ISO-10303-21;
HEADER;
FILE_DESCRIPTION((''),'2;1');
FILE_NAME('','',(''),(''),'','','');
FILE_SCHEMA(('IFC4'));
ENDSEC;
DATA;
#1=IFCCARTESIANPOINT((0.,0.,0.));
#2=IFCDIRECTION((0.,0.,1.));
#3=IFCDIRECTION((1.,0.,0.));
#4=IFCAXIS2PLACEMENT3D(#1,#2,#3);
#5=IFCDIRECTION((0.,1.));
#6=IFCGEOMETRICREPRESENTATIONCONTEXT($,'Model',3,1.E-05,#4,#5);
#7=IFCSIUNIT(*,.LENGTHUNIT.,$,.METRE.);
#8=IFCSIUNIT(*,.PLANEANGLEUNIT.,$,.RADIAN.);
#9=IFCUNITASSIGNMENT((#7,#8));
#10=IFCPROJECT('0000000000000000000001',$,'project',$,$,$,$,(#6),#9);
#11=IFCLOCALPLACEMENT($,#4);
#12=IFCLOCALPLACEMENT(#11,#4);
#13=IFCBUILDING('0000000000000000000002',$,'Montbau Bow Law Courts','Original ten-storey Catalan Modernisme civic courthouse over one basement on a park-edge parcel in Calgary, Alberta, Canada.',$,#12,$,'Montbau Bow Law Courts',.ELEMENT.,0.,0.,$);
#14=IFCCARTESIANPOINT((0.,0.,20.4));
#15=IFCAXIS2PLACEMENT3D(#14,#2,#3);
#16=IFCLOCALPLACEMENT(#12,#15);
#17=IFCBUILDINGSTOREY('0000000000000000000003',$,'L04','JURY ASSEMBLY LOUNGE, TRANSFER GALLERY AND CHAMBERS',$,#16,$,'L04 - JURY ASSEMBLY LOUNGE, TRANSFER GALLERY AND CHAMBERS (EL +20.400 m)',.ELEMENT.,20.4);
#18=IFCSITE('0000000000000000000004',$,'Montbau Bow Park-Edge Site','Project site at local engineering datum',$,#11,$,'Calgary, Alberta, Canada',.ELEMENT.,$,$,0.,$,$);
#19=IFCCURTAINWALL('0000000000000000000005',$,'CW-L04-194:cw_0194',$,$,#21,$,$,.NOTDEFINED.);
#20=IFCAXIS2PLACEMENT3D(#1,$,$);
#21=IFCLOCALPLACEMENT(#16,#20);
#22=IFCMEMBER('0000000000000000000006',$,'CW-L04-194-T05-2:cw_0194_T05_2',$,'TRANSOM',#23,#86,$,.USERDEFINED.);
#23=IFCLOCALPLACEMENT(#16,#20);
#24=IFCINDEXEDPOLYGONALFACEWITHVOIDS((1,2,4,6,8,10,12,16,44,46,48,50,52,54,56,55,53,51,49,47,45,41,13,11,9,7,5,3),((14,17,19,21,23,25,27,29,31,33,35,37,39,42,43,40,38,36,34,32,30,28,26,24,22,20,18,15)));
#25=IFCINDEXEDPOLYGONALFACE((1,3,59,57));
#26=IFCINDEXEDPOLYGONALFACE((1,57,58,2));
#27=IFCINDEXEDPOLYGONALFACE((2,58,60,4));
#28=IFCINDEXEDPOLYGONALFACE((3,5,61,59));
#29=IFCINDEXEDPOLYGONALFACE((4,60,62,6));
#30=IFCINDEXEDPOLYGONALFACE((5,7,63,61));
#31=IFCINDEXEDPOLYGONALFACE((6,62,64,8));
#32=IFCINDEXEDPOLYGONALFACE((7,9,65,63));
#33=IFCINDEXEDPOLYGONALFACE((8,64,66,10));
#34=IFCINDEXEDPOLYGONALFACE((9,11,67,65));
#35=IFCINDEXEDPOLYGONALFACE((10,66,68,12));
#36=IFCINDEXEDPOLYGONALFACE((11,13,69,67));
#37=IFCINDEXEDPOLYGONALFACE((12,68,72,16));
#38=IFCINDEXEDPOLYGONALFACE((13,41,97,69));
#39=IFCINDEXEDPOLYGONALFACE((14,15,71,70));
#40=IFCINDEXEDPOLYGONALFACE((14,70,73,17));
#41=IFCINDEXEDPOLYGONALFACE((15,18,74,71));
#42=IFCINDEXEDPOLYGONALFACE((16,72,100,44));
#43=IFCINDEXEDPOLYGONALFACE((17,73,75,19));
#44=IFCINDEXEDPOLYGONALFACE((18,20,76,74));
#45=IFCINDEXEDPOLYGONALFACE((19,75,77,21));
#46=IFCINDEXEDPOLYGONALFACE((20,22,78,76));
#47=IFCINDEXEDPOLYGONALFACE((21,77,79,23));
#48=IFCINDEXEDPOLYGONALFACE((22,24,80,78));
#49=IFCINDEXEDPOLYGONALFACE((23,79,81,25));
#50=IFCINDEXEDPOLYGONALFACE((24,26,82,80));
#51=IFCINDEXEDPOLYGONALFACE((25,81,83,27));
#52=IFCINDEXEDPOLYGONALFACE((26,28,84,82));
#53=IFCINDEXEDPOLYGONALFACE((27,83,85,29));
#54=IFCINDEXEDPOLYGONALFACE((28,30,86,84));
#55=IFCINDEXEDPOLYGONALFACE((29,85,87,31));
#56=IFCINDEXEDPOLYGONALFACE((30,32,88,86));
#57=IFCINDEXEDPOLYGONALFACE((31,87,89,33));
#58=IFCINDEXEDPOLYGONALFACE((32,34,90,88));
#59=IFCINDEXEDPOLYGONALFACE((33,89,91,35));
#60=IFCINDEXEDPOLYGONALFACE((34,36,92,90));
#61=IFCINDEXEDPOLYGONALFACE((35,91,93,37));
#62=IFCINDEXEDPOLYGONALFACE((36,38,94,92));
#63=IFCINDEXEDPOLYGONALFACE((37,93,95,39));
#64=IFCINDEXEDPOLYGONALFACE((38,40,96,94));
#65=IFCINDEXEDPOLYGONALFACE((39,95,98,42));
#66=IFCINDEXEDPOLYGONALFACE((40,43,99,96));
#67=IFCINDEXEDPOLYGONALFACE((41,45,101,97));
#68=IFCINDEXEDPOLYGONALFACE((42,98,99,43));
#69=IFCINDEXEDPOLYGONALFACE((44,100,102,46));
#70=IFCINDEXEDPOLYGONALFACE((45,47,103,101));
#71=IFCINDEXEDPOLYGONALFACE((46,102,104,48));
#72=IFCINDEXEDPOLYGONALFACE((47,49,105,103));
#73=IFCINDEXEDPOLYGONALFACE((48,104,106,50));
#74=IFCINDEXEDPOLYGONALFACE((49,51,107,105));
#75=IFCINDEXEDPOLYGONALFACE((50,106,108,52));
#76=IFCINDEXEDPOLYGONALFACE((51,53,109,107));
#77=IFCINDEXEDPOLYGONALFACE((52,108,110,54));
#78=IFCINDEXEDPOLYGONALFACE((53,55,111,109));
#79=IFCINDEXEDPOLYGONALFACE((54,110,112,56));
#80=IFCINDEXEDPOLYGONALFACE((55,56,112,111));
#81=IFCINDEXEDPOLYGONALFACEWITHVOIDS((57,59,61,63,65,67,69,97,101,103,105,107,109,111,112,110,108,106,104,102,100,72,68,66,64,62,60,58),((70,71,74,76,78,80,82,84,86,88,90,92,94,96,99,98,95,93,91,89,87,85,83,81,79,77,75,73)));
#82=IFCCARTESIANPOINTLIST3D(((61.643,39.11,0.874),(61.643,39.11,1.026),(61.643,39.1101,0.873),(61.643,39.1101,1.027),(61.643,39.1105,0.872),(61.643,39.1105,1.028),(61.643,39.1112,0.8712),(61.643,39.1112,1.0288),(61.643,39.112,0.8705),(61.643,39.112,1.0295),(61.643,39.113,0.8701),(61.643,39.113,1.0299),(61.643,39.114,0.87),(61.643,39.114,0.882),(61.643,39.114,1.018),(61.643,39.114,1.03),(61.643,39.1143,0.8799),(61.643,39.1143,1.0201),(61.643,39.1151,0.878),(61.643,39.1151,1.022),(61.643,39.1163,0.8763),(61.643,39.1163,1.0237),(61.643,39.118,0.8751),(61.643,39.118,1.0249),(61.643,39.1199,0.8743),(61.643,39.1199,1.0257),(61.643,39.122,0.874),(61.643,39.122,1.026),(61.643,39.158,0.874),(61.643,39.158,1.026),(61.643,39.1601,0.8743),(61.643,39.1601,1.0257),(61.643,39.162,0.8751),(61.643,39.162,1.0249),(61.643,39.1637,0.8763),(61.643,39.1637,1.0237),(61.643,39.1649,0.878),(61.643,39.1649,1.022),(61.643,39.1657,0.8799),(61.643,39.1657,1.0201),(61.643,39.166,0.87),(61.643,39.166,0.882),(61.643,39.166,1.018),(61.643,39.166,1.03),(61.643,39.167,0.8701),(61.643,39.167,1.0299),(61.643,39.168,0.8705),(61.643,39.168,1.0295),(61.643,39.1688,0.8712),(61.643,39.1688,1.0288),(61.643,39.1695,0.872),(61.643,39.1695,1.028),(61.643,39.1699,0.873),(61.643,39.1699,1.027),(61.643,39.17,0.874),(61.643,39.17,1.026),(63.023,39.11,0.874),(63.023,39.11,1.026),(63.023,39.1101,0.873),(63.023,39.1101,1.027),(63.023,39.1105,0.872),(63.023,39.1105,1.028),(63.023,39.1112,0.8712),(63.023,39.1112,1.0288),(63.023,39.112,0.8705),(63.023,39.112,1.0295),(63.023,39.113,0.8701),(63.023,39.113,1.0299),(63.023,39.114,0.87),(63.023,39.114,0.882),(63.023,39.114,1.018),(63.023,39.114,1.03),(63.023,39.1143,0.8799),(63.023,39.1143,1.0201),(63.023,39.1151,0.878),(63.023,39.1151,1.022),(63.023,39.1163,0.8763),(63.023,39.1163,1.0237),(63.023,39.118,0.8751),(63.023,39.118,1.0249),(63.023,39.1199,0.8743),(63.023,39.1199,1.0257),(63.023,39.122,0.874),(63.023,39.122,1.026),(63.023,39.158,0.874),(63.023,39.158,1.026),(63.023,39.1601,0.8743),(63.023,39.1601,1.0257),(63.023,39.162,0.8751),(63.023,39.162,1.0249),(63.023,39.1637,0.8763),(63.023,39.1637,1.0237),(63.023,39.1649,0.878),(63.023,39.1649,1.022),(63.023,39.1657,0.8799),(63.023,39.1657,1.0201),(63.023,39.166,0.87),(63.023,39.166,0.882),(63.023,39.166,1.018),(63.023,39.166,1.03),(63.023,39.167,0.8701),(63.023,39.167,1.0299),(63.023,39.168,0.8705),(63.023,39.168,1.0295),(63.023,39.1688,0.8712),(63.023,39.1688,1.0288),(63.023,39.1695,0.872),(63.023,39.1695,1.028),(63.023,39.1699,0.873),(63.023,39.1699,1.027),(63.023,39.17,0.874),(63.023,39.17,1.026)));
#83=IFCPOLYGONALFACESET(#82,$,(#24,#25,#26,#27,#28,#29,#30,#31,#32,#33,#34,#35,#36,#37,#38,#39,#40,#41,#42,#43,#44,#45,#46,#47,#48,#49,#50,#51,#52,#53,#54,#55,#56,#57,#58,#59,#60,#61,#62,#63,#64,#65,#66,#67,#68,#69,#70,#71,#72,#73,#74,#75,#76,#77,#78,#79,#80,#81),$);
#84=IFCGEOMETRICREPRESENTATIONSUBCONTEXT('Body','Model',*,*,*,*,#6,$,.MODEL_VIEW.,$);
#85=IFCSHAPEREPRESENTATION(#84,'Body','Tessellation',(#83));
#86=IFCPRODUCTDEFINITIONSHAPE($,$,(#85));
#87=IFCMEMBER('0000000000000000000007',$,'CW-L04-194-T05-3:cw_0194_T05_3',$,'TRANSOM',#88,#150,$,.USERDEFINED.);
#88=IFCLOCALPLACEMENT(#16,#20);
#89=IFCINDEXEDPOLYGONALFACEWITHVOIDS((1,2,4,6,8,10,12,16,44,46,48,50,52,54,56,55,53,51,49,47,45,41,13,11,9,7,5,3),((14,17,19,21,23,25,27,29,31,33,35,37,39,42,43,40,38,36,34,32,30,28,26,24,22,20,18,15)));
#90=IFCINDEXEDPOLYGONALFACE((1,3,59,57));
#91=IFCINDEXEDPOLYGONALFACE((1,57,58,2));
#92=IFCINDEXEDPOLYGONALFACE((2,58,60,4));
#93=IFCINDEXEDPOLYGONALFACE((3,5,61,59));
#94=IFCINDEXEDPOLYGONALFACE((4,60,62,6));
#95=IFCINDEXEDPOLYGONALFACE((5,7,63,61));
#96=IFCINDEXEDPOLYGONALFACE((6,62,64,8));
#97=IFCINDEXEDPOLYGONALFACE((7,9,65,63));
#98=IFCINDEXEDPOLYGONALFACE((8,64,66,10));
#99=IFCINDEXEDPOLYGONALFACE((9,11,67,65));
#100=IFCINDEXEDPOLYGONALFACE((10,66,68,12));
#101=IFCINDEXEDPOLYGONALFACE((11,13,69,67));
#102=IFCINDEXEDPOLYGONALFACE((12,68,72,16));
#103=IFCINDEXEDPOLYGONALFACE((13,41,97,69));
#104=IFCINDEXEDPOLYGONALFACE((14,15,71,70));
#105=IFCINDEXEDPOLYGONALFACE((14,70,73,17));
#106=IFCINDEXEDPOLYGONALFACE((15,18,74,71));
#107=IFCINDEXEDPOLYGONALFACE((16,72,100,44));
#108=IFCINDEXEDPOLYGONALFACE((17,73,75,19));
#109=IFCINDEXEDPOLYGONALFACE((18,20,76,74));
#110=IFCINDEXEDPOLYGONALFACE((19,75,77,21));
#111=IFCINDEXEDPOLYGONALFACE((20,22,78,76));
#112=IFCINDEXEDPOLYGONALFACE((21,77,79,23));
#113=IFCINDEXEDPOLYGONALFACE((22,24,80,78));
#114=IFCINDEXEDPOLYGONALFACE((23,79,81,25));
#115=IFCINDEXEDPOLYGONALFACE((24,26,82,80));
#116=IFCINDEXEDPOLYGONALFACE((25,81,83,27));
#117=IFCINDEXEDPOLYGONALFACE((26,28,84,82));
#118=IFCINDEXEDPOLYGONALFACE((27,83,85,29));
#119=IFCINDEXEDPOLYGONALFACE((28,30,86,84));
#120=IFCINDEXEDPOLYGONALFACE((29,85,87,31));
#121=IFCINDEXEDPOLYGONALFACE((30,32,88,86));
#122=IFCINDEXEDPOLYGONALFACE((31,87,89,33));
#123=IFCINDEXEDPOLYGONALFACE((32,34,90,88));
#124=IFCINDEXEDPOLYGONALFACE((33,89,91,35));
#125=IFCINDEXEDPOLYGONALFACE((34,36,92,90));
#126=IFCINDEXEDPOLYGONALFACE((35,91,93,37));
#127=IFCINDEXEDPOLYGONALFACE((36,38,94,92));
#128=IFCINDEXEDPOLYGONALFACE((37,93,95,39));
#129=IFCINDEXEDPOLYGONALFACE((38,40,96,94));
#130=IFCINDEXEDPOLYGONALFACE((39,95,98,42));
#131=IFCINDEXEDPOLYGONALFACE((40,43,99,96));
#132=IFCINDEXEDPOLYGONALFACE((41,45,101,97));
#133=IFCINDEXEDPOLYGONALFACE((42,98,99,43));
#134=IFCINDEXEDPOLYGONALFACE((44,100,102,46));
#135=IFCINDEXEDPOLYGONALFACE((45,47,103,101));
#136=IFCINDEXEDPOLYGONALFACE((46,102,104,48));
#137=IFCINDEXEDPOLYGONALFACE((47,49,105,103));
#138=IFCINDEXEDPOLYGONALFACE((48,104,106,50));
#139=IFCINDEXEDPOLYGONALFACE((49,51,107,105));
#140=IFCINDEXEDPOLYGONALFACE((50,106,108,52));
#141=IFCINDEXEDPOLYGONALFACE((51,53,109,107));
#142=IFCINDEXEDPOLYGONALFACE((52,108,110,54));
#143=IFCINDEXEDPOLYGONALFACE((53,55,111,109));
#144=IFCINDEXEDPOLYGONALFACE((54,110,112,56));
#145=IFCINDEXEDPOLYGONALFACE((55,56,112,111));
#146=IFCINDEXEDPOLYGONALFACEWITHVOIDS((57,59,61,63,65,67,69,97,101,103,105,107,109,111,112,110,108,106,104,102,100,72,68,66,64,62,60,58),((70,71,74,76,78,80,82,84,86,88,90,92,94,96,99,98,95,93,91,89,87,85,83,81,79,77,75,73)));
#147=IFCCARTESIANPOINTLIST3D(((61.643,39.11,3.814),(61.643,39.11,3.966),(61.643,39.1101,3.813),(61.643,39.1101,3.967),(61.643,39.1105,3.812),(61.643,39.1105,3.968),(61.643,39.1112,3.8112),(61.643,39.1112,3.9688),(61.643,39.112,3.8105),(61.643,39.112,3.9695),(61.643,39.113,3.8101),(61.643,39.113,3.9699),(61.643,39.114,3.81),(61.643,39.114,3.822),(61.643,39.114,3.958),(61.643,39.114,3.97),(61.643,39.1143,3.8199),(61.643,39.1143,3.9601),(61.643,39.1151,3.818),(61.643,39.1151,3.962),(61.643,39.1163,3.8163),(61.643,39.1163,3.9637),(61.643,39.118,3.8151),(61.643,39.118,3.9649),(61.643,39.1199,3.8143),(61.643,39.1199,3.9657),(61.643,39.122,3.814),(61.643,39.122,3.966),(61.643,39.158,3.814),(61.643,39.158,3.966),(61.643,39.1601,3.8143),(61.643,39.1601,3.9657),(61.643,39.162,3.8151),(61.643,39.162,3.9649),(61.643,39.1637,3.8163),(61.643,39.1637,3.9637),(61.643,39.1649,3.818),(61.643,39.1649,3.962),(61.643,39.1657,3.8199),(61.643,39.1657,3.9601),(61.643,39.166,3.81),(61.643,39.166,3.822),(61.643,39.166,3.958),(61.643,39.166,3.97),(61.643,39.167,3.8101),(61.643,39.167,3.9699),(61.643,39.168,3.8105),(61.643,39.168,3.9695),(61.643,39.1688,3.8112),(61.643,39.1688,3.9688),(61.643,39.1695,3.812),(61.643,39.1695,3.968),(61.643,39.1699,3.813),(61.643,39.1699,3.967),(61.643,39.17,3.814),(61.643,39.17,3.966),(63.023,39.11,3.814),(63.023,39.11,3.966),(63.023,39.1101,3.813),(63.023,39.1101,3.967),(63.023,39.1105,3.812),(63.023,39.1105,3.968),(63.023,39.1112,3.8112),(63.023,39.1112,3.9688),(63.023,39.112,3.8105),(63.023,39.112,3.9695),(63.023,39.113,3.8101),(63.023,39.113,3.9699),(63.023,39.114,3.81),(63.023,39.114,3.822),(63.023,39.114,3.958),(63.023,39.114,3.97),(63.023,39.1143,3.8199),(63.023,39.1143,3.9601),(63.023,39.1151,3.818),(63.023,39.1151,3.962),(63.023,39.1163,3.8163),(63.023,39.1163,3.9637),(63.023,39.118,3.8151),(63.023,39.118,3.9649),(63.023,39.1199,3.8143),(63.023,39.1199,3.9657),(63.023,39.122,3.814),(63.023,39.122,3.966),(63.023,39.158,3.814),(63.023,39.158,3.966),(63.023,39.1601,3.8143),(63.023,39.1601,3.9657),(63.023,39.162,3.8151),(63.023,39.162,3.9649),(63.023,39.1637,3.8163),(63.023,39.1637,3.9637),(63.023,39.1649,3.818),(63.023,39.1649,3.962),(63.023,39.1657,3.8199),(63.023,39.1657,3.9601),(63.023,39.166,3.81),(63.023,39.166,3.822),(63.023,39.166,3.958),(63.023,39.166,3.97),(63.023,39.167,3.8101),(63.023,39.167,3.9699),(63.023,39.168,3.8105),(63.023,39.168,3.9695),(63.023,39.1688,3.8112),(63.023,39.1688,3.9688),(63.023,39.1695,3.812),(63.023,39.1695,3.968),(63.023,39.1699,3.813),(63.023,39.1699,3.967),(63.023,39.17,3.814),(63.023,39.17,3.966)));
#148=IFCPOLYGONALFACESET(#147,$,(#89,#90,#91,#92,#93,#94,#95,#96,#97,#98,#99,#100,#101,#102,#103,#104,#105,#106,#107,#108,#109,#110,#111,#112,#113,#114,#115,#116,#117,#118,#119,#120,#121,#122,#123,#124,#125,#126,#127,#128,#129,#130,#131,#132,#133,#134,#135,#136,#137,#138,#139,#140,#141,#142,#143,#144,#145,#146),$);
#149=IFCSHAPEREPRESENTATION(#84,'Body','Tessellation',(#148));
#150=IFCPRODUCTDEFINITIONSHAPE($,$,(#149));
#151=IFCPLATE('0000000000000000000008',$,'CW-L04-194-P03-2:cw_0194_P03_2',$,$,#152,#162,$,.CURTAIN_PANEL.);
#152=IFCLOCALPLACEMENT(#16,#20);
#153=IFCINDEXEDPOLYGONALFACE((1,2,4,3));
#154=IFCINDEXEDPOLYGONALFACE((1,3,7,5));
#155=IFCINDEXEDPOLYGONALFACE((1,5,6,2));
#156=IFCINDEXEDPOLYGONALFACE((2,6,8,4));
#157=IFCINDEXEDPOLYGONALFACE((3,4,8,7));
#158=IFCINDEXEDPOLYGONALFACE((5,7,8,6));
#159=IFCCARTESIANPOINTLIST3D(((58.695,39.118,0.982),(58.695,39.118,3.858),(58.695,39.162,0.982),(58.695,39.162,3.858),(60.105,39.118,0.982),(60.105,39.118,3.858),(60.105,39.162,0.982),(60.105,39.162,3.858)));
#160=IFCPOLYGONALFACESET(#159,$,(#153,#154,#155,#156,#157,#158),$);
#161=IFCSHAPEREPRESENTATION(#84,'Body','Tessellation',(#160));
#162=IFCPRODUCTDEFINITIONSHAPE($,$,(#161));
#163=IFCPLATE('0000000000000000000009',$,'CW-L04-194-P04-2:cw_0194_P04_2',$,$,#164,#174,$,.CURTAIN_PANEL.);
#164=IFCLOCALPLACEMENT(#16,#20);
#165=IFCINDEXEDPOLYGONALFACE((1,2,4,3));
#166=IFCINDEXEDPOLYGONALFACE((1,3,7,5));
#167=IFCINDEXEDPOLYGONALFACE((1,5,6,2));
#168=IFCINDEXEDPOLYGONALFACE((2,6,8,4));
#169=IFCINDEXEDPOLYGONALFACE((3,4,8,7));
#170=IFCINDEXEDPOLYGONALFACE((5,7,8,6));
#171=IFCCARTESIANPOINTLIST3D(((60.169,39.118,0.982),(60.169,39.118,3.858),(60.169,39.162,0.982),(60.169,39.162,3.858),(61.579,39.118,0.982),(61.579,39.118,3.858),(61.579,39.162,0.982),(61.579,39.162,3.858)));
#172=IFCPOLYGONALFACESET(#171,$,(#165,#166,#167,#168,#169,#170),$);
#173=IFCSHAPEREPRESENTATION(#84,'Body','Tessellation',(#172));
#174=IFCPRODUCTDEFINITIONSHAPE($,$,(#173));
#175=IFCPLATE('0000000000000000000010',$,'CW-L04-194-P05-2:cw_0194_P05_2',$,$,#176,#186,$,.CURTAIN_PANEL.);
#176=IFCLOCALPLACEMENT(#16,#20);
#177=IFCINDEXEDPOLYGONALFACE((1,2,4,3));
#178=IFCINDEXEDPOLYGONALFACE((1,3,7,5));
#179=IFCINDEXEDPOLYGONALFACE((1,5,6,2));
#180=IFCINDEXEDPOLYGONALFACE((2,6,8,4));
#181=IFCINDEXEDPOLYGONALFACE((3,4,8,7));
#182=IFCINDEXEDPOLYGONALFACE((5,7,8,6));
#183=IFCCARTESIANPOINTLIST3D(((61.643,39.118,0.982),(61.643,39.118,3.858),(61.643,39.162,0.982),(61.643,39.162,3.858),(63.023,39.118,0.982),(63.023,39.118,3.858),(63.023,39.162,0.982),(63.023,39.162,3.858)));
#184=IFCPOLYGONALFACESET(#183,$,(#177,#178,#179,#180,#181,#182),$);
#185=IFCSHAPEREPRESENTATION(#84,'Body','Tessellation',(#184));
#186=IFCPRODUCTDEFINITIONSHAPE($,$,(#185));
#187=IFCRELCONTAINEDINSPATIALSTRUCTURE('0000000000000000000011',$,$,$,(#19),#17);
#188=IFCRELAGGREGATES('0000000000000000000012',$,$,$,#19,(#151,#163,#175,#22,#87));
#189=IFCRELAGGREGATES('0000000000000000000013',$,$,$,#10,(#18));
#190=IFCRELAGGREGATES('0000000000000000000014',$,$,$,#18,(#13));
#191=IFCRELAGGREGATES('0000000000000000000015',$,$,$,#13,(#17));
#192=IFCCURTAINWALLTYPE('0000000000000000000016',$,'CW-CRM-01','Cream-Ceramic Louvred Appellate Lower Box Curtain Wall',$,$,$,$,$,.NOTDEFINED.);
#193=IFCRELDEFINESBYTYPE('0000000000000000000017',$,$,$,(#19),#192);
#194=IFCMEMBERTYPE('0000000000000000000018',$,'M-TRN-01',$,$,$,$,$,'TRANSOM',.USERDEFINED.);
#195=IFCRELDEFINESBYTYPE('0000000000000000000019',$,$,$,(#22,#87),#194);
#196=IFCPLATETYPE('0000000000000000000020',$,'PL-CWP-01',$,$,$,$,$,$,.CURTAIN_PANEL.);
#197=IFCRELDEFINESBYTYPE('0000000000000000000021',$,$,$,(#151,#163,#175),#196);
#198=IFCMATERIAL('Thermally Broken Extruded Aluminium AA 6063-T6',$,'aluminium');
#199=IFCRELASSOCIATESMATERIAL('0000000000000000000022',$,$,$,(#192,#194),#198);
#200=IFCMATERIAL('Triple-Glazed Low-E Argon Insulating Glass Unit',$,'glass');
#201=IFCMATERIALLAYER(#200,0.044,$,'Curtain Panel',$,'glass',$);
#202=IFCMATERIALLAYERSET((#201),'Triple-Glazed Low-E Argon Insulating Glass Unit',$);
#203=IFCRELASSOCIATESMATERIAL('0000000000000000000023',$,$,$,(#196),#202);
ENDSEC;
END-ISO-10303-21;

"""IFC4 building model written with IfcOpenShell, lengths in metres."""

from ifc_helpers import new_model, si_unit, direction, frame, frame_2d, origin_with_axes, origin_2d_with_axis, place, context, subcontext, project, spatial, rectangle, hollow_rectangle, extrude, material, layer, layer_set, material_profile, profile_set, type_object, element, aggregate, save


model = new_model("IFC4")

# Units and contexts
model_context = context("Model", 3, precision=1e-05, world=origin_with_axes(), true_north=direction((0.0, 1.0)))
body_context = subcontext(model_context, "Body", "Model", "MODEL_VIEW")
ifc_project = project(units=[si_unit("LENGTHUNIT", "METRE"), si_unit("PLANEANGLEUNIT", "RADIAN")], contexts=[model_context])

# Site, building, storey
site_placement = place(None, origin_with_axes())
site = spatial("IfcSite", under=ifc_project, at=site_placement, Name="Montbau Bow Park-Edge Site", Description="Project site at local engineering datum", LongName="Calgary, Alberta, Canada", CompositionType="ELEMENT", RefElevation=0.0)
building_placement = place(site_placement, origin_with_axes())
building = spatial("IfcBuilding", under=site, at=building_placement, Name="Montbau Bow Law Courts", Description="Original ten-storey Catalan Modernisme civic courthouse over one basement on a park-edge parcel in Calgary, Alberta, Canada.", LongName="Montbau Bow Law Courts", CompositionType="ELEMENT", ElevationOfRefHeight=0.0, ElevationOfTerrain=0.0)
storey_placement = place(building_placement, frame((0.0, 0.0, 20.4), z_axis=(0.0, 0.0, 1.0), x_axis=(1.0, 0.0, 0.0)))
storey = spatial("IfcBuildingStorey", under=building, at=storey_placement, Name="L04", Description="JURY ASSEMBLY LOUNGE, TRANSFER GALLERY AND CHAMBERS", LongName="L04 - JURY ASSEMBLY LOUNGE, TRANSFER GALLERY AND CHAMBERS (EL +20.400 m)", CompositionType="ELEMENT", Elevation=20.4)

# Curtain wall, members, plates
ifc_material_1 = material(Name="Thermally Broken Extruded Aluminium AA 6063-T6", Category="aluminium")
curtain_wall_type = type_object("IfcCurtainWallType", Name="CW-CRM-01", Description="Cream-Ceramic Louvred Appellate Lower Box Curtain Wall", PredefinedType="NOTDEFINED", material=ifc_material_1)
curtain_wall_placement = place(None, frame((55.715, 39.14, 20.4), z_axis=(0.0, 0.0, 1.0), x_axis=(1.0, 0.0, 0.0)))
curtain_wall = element("IfcCurtainWall", 1, at=curtain_wall_placement, inside=storey, type_object=curtain_wall_type, Name="CW-L04-194:cw_0194", PredefinedType="NOTDEFINED")
ifc_material_profile_1 = material_profile(ifc_material_1, hollow_rectangle(XDim=0.06, YDim=0.16, WallThickness=0.004, InnerFilletRadius=0.008, OuterFilletRadius=0.004, at=origin_2d_with_axis()), Name="CWT-160X60", Category="Main", Priority=0)
ifc_profile_set_1 = profile_set([ifc_material_profile_1], Name="Thermally Broken Extruded Aluminium AA 6063-T6")
member_type_1 = type_object("IfcMemberType", Name="M-TRN-01", ElementType="TRANSOM", PredefinedType="USERDEFINED", material=ifc_profile_set_1)
member_1_placement = place(None, frame((61.643, 39.14, 21.35), z_axis=(1.0, 0.0, 0.0), x_axis=(0.0, 1.0, 0.0)))
member_1 = element("IfcMember", 2, at=member_1_placement, type_object=member_type_1, Name="CW-L04-194-T05-2:cw_0194_T05_2", ObjectType="TRANSOM", PredefinedType="USERDEFINED", context=body_context, shape_type="SweptSolid", body=[
    extrude(hollow_rectangle(XDim=0.06, YDim=0.16, WallThickness=0.004, InnerFilletRadius=0.008, OuterFilletRadius=0.004, at=origin_2d_with_axis()), origin_with_axes(), (0.0, 0.0, 1.0), 1.38),
])
member_2_placement = place(None, frame((61.643, 39.14, 24.29), z_axis=(1.0, 0.0, 0.0), x_axis=(0.0, 1.0, 0.0)))
member_2 = element("IfcMember", 3, at=member_2_placement, type_object=member_type_1, Name="CW-L04-194-T05-3:cw_0194_T05_3", ObjectType="TRANSOM", PredefinedType="USERDEFINED", context=body_context, shape_type="SweptSolid", body=[
    extrude(hollow_rectangle(XDim=0.06, YDim=0.16, WallThickness=0.004, InnerFilletRadius=0.008, OuterFilletRadius=0.004, at=origin_2d_with_axis()), origin_with_axes(), (0.0, 0.0, 1.0), 1.38),
])
ifc_material_2 = material(Name="Triple-Glazed Low-E Argon Insulating Glass Unit", Category="glass")
ifc_layer_1 = layer(ifc_material_2, 0.044, Name="Curtain Panel", Category="glass")
ifc_layer_set_1 = layer_set([ifc_layer_1], Name="Triple-Glazed Low-E Argon Insulating Glass Unit")
plate_type_1 = type_object("IfcPlateType", Name="PL-CWP-01", PredefinedType="CURTAIN_PANEL", material=ifc_layer_set_1)
plate_1_placement = place(None, frame((58.695, 39.14, 21.382), z_axis=(0.0, -1.0, 0.0), x_axis=(1.0, 0.0, 0.0)))
plate_1 = element("IfcPlate", 4, at=plate_1_placement, type_object=plate_type_1, Name="CW-L04-194-P03-2:cw_0194_P03_2", PredefinedType="CURTAIN_PANEL", context=body_context, shape_type="SweptSolid", body=[
    extrude(rectangle(XDim=1.41, YDim=2.876, at=frame_2d((0.705, 1.438), x_axis=(1.0, 0.0))), frame((0.0, 0.0, -0.022), z_axis=(0.0, 0.0, 1.0), x_axis=(1.0, 0.0, 0.0)), (0.0, 0.0, 1.0), 0.044),
])
plate_2_placement = place(None, frame((60.169, 39.14, 21.382), z_axis=(0.0, -1.0, 0.0), x_axis=(1.0, 0.0, 0.0)))
plate_2 = element("IfcPlate", 5, at=plate_2_placement, type_object=plate_type_1, Name="CW-L04-194-P04-2:cw_0194_P04_2", PredefinedType="CURTAIN_PANEL", context=body_context, shape_type="SweptSolid", body=[
    extrude(rectangle(XDim=1.41, YDim=2.876, at=frame_2d((0.705, 1.438), x_axis=(1.0, 0.0))), frame((0.0, 0.0, -0.022), z_axis=(0.0, 0.0, 1.0), x_axis=(1.0, 0.0, 0.0)), (0.0, 0.0, 1.0), 0.044),
])
plate_3_placement = place(None, frame((61.643, 39.14, 21.382), z_axis=(0.0, -1.0, 0.0), x_axis=(1.0, 0.0, 0.0)))
plate_3 = element("IfcPlate", 6, at=plate_3_placement, type_object=plate_type_1, Name="CW-L04-194-P05-2:cw_0194_P05_2", PredefinedType="CURTAIN_PANEL", context=body_context, shape_type="SweptSolid", body=[
    extrude(rectangle(XDim=1.38, YDim=2.876, at=frame_2d((0.69, 1.438), x_axis=(1.0, 0.0))), frame((0.0, 0.0, -0.022), z_axis=(0.0, 0.0, 1.0), x_axis=(1.0, 0.0, 0.0)), (0.0, 0.0, 1.0), 0.044),
])
aggregate(curtain_wall, [plate_1, plate_2, plate_3, member_1, member_2])

save(model, "model.ifc")
